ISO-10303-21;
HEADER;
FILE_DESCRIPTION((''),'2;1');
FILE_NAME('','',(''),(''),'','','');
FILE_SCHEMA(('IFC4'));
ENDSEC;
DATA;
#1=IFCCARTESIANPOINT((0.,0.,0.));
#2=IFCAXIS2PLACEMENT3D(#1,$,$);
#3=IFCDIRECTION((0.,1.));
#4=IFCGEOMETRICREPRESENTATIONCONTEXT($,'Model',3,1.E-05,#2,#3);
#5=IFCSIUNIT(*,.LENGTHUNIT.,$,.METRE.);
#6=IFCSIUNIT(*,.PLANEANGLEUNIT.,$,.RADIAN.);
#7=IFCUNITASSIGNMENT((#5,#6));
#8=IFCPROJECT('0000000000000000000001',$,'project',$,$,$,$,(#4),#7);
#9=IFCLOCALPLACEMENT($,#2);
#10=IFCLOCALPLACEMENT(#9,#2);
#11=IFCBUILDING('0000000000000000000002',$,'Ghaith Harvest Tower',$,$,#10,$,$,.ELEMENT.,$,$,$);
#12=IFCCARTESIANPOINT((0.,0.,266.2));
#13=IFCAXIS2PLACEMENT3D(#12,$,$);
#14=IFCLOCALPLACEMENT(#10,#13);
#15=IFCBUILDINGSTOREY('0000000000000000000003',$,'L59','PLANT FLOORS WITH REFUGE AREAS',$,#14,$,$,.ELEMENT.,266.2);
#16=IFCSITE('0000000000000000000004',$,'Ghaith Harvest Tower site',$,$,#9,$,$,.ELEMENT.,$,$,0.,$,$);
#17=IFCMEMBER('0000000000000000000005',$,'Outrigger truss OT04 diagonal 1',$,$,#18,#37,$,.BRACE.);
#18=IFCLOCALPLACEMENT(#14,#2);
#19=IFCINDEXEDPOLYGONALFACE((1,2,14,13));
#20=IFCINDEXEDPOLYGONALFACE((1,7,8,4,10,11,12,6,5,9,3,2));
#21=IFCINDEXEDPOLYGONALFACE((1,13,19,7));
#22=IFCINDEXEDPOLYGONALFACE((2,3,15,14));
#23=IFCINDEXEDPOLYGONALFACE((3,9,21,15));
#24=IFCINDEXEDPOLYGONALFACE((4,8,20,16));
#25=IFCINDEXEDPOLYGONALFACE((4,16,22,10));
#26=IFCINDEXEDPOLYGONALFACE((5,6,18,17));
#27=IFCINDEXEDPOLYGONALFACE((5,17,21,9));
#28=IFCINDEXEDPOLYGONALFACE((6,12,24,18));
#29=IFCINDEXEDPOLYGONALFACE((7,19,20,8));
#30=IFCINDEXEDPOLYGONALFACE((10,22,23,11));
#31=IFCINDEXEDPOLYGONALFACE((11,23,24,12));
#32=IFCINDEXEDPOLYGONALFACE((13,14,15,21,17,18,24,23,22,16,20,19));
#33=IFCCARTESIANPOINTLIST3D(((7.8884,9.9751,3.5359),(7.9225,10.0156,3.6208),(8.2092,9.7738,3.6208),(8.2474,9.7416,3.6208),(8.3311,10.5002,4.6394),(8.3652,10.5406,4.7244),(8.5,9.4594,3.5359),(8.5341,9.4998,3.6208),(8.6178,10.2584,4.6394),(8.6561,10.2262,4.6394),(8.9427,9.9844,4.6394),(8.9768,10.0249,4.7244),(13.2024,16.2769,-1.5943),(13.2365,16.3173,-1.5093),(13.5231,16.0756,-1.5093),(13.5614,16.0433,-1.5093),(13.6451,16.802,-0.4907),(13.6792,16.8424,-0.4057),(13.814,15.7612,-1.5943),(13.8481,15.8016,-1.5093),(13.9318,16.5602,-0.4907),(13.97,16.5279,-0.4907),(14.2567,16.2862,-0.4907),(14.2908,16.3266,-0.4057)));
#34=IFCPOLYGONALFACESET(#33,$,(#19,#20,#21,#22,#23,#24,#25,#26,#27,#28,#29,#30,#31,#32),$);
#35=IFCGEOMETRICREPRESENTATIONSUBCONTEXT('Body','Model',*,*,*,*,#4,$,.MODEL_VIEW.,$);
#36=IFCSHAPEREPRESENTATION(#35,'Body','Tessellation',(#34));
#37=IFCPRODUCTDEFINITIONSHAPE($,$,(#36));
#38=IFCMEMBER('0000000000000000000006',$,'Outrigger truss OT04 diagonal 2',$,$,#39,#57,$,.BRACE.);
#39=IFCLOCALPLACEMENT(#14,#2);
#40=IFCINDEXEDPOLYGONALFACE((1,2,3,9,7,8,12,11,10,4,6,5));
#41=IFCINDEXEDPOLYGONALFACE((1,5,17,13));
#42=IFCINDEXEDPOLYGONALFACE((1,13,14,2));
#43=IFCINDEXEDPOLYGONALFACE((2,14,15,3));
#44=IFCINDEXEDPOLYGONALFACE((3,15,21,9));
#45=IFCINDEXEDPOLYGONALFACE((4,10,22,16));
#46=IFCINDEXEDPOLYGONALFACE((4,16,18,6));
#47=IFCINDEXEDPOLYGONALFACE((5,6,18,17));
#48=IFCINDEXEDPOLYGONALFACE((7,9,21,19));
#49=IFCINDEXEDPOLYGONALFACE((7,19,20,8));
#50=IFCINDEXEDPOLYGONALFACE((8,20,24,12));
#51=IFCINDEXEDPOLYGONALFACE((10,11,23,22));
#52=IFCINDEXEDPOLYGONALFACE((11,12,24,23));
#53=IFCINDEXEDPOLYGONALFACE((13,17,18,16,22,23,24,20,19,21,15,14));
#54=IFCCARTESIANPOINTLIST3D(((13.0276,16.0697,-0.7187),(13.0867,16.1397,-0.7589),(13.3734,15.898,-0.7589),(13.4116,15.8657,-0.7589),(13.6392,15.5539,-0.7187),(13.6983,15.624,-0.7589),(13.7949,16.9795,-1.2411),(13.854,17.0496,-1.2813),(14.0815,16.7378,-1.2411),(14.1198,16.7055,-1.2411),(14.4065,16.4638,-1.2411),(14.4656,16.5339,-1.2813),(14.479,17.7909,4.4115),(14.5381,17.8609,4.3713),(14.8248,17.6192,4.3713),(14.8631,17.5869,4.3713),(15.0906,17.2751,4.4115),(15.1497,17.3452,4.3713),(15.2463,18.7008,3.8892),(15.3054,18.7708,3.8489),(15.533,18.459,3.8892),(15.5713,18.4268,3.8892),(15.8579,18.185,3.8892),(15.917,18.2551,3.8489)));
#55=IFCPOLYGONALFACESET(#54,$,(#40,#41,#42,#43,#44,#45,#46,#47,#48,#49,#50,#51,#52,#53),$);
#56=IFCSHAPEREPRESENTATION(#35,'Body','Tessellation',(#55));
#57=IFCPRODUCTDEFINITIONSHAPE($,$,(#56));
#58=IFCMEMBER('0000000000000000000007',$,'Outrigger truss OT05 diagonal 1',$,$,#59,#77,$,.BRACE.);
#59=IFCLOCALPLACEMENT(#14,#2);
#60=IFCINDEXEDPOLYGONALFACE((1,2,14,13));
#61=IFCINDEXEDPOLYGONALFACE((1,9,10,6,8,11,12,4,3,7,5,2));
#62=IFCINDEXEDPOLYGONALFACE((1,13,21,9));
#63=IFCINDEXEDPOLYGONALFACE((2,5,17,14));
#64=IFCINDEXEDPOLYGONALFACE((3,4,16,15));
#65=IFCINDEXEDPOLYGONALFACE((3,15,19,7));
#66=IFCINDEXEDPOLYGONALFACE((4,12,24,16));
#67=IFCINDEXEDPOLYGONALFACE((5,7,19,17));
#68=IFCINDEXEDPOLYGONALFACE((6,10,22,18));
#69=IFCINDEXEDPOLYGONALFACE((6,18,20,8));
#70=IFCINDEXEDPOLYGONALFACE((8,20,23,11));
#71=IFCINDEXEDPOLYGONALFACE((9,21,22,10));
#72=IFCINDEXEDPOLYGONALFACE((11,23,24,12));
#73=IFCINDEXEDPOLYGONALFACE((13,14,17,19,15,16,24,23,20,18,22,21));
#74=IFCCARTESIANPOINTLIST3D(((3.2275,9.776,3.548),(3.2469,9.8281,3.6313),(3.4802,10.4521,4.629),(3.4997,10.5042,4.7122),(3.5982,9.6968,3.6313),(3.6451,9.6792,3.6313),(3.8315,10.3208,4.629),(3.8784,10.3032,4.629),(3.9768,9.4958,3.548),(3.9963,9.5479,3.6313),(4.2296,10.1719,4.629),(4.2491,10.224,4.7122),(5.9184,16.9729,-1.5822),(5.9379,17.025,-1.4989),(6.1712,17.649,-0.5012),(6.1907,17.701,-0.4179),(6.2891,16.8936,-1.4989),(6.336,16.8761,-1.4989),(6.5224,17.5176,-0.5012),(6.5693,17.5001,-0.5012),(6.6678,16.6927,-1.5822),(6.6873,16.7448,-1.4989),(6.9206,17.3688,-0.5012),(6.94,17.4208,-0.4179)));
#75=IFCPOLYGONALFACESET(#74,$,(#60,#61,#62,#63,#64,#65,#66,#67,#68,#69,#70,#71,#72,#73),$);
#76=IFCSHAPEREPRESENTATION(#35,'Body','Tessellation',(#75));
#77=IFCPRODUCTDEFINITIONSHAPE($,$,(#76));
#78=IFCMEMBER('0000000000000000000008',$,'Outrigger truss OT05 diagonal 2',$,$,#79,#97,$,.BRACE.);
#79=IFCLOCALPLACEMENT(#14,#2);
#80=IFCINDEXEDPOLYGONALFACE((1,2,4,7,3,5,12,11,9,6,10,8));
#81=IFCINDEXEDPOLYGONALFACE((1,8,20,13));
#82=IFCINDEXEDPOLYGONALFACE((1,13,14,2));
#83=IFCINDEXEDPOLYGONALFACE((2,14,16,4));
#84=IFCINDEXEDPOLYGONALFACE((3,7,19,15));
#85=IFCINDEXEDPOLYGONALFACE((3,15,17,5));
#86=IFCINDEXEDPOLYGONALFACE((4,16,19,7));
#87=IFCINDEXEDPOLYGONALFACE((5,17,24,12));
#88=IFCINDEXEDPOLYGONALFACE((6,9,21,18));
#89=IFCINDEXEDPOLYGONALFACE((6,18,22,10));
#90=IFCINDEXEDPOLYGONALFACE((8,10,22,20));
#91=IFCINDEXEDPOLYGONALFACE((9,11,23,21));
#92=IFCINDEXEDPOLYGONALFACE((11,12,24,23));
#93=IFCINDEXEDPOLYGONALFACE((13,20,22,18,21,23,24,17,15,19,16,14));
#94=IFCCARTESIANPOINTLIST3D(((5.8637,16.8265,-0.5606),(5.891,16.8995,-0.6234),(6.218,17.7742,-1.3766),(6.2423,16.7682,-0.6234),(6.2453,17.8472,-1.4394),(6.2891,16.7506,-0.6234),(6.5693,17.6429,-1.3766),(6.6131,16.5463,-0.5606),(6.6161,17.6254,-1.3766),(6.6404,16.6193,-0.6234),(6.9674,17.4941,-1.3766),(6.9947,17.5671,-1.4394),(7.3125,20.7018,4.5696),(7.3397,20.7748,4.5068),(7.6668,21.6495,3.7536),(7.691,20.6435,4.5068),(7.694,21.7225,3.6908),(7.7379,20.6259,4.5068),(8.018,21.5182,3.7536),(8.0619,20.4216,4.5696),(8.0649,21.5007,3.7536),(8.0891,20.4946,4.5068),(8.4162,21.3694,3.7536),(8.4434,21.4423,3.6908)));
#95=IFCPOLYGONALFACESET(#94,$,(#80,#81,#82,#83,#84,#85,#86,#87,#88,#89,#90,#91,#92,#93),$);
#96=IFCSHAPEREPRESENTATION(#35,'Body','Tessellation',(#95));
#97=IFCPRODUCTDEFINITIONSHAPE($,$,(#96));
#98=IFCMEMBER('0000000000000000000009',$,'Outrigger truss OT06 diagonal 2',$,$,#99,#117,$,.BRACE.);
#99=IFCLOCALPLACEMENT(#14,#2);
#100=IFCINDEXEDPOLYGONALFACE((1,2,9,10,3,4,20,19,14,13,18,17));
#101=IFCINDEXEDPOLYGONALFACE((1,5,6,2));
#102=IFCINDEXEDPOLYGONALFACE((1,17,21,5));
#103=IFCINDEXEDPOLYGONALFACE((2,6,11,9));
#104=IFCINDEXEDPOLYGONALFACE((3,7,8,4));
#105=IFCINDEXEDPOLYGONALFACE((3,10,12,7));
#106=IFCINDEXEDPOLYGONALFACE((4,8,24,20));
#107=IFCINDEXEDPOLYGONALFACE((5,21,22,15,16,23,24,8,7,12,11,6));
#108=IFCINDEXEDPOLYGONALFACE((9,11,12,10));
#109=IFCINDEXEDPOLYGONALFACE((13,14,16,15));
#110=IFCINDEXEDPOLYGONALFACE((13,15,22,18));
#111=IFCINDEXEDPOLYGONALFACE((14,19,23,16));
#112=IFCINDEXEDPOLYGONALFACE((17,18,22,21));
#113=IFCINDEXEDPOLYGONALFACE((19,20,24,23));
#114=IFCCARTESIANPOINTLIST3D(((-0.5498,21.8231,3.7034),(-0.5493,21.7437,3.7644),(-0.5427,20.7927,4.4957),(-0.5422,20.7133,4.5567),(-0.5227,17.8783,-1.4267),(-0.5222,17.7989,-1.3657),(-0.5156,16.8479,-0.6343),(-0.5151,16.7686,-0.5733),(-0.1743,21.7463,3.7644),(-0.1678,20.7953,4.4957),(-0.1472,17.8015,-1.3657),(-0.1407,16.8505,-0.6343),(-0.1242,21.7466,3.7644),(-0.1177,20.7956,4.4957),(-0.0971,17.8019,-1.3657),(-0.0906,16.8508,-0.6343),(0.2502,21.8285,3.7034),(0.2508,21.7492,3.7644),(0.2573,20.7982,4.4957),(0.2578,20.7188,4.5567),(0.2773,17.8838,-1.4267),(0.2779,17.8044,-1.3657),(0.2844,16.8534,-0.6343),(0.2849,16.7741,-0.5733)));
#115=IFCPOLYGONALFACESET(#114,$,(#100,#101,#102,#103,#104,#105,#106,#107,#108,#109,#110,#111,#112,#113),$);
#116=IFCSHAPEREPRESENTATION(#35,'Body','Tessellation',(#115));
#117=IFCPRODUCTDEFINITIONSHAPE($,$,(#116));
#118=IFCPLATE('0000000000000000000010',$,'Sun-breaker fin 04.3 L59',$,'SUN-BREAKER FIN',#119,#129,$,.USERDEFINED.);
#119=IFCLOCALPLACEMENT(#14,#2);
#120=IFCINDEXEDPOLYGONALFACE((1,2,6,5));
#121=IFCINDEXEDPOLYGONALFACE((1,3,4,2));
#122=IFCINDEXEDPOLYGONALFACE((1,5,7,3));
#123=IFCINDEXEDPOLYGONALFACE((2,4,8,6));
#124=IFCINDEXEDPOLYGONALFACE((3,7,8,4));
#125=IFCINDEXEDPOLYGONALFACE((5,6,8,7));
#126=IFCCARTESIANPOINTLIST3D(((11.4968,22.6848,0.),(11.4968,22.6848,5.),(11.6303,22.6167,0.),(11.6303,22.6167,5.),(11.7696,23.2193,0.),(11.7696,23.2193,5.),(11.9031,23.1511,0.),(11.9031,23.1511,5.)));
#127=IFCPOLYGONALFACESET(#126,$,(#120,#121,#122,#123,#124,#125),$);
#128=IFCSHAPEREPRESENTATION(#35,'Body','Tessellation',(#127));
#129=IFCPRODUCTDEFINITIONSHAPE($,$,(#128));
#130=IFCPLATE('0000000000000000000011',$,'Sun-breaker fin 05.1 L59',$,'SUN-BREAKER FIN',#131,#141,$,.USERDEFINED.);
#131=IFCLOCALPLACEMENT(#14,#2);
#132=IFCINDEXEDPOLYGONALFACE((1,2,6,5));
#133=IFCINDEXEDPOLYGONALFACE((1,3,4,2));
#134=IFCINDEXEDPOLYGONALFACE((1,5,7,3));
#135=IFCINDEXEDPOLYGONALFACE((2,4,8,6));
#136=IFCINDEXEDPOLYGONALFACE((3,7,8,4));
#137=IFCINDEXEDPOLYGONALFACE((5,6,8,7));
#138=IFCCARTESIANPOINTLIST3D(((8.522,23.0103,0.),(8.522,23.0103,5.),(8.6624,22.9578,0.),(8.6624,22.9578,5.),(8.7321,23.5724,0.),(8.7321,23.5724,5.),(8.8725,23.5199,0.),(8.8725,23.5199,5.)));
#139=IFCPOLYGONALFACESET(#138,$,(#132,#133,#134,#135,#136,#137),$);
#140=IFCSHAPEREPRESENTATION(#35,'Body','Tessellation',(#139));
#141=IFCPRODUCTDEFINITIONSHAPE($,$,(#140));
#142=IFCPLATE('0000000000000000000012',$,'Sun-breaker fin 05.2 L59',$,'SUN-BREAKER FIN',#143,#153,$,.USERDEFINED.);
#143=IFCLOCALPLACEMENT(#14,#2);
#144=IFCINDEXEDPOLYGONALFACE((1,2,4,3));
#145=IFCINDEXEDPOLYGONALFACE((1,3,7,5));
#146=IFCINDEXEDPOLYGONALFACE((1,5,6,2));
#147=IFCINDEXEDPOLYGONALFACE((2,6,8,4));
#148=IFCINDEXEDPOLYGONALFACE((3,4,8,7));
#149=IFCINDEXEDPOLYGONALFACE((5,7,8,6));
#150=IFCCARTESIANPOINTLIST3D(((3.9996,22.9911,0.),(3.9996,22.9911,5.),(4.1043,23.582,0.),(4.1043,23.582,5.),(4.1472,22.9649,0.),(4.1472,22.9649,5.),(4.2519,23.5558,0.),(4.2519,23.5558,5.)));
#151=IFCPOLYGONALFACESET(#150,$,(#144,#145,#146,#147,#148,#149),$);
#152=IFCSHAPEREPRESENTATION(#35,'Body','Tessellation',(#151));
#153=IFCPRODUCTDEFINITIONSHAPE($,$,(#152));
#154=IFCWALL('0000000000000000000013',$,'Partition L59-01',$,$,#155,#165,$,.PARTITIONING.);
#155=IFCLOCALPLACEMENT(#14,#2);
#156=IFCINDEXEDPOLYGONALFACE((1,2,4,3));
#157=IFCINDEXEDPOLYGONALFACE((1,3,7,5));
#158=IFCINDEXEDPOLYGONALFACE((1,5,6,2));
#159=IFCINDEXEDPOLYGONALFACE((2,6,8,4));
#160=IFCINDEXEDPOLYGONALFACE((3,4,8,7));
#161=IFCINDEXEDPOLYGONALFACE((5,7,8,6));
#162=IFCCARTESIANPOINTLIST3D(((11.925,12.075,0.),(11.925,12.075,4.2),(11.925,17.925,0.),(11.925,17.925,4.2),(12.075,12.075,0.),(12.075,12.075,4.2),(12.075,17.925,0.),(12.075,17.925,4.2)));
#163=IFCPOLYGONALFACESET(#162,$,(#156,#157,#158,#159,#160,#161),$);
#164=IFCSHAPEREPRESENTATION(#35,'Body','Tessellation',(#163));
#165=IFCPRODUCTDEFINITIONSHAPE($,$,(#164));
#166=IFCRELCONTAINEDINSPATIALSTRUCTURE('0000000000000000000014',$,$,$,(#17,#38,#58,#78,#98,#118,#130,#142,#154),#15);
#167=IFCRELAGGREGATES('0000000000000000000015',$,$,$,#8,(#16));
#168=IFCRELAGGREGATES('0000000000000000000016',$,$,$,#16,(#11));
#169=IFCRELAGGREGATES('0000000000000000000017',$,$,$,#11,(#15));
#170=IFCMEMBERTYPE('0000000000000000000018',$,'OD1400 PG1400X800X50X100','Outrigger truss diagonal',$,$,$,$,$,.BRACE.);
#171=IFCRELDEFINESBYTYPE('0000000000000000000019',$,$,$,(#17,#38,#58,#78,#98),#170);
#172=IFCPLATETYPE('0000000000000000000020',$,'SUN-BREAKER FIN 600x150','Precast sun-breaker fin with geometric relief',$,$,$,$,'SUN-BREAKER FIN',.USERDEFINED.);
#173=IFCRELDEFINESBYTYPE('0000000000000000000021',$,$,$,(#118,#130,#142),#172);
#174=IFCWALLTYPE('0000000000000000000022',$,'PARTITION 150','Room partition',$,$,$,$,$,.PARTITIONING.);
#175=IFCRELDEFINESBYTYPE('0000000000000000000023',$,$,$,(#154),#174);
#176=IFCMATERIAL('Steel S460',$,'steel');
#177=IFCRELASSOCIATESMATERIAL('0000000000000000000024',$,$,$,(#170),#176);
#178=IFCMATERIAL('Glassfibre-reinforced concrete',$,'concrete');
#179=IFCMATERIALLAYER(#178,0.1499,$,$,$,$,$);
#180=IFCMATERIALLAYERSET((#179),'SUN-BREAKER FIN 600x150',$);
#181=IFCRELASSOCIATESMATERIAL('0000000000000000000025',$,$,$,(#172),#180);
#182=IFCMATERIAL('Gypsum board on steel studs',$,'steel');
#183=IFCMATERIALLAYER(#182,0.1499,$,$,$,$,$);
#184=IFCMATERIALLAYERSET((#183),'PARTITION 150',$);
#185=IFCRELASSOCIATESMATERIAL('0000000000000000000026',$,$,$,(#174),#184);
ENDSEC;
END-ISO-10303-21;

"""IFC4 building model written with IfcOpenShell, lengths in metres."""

from ifc_helpers import new_model, si_unit, direction, frame, frame_2d, origin, origin_2d, place, context, subcontext, project, spatial, rectangle, i_section, extrude, material, layer, layer_set, material_profile, profile_set, type_object, element, save


model = new_model("IFC4")

# Units and contexts
model_context = context("Model", 3, precision=1e-05, world=origin(), true_north=direction((0.0, 1.0)))
body_context = subcontext(model_context, "Body", "Model", "MODEL_VIEW")
ifc_project = project(units=[si_unit("LENGTHUNIT", "METRE"), si_unit("PLANEANGLEUNIT", "RADIAN")], contexts=[model_context])

# Site, building, storey
site_placement = place(None, origin())
site = spatial("IfcSite", under=ifc_project, at=site_placement, Name="Ghaith Harvest Tower site", CompositionType="ELEMENT", RefElevation=0.0)
building_placement = place(site_placement, origin())
building = spatial("IfcBuilding", under=site, at=building_placement, Name="Ghaith Harvest Tower", CompositionType="ELEMENT")
storey_placement = place(building_placement, frame((0.0, 0.0, 266.2)))
storey = spatial("IfcBuildingStorey", under=building, at=storey_placement, Name="L59", Description="PLANT FLOORS WITH REFUGE AREAS", CompositionType="ELEMENT", Elevation=266.2)

# Members
ifc_material_1 = material(Name="Steel S460", Category="steel")
ifc_material_profile_1 = material_profile(ifc_material_1, i_section(OverallWidth=0.8, OverallDepth=1.3999, WebThickness=0.05, FlangeThickness=0.1001, at=origin_2d()), Name="PG1400X800X50X100")
ifc_profile_set_1 = profile_set([ifc_material_profile_1], Name="Steel S460")
member_type_1 = type_object("IfcMemberType", Name="OD1400 PG1400X800X50X100", Description="Outrigger truss diagonal", PredefinedType="BRACE", material=ifc_profile_set_1)
member_1_placement = place(storey_placement, frame((8.4326, 10.0, 4.1301), z_axis=(0.547312, 0.64905, -0.528378), x_axis=(-0.764479, 0.644648, 0.0)))
element("IfcMember", 1, at=member_1_placement, inside=storey, type_object=member_type_1, Name="Outrigger truss OT04 diagonal 1", PredefinedType="BRACE", context=body_context, shape_type="SweptSolid", body=[
    extrude(i_section(OverallWidth=0.8, OverallDepth=1.3999, WebThickness=0.05, FlangeThickness=0.1001, at=origin_2d()), origin(), (0.0, 0.0, 1.0), 9.7092),
])
member_2_placement = place(storey_placement, frame((13.7466, 16.3018, -1.0), z_axis=(0.259069, 0.307222, 0.915695), x_axis=(-0.764475, 0.644653, 0.0)))
element("IfcMember", 2, at=member_2_placement, inside=storey, type_object=member_type_1, Name="Outrigger truss OT04 diagonal 2", PredefinedType="BRACE", context=body_context, shape_type="SweptSolid", body=[
    extrude(i_section(OverallWidth=0.8, OverallDepth=1.3999, WebThickness=0.05, FlangeThickness=0.1001, at=origin_2d()), origin(), (0.0, 0.0, 1.0), 5.6025),
])
member_3_placement = place(storey_placement, frame((3.7383, 10.0, 4.1301), z_axis=(0.291267, 0.778985, -0.555289), x_axis=(-0.936666, 0.350225, 0.0)))
element("IfcMember", 3, at=member_3_placement, inside=storey, type_object=member_type_1, Name="Outrigger truss OT05 diagonal 1", PredefinedType="BRACE", context=body_context, shape_type="SweptSolid", body=[
    extrude(i_section(OverallWidth=0.8, OverallDepth=1.3999, WebThickness=0.05, FlangeThickness=0.1001, at=origin_2d()), origin(), (0.0, 0.0, 1.0), 9.2388),
])
member_4_placement = place(storey_placement, frame((6.4292, 17.1968, -1.0), z_axis=(0.219821, 0.588006, 0.778414), x_axis=(-0.936685, 0.350173, 0.0)))
element("IfcMember", 4, at=member_4_placement, inside=storey, type_object=member_type_1, Name="Outrigger truss OT05 diagonal 2", PredefinedType="BRACE", context=body_context, shape_type="SweptSolid", body=[
    extrude(i_section(OverallWidth=0.8, OverallDepth=1.3999, WebThickness=0.05, FlangeThickness=0.1001, at=origin_2d()), origin(), (0.0, 0.0, 1.0), 6.5906),
])
member_5_placement = place(storey_placement, frame((-0.1189, 17.3262, -1.0), z_axis=(-0.004188, 0.609567, 0.792724), x_axis=(-0.999976, -0.006869, 0.0)))
element("IfcMember", 5, at=member_5_placement, inside=storey, type_object=member_type_1, Name="Outrigger truss OT06 diagonal 2", PredefinedType="BRACE", context=body_context, shape_type="SweptSolid", body=[
    extrude(i_section(OverallWidth=0.8, OverallDepth=1.3999, WebThickness=0.05, FlangeThickness=0.1001, at=origin_2d()), origin(), (0.0, 0.0, 1.0), 6.4714),
])

# Plates
ifc_material_2 = material(Name="Glassfibre-reinforced concrete", Category="concrete")
ifc_layer_1 = layer(ifc_material_2, 0.1499)
ifc_layer_set_1 = layer_set([ifc_layer_1], Name="SUN-BREAKER FIN 600x150")
plate_type = type_object("IfcPlateType", Name="SUN-BREAKER FIN 600x150", Description="Precast sun-breaker fin with geometric relief", ElementType="SUN-BREAKER FIN", PredefinedType="USERDEFINED", material=ifc_layer_set_1)
for number, where, z_axis, x_axis, name in (
    (6, (11.7, 22.918, 0.0), (0.0, 0.0, 1.0), (0.454691, 0.890649, 0.0), "Sun-breaker fin 04.3 L59"),
    (7, (8.6973, 23.2651, 0.0), (0.0, 0.0, 1.0), (0.350168, 0.936687, 0.0), "Sun-breaker fin 05.1 L59"),
    (8, (4.1257, 23.2734, 0.0), (0.0, 0.0, 1.0), (0.174554, 0.984648, 0.0), "Sun-breaker fin 05.2 L59"),
):
    element("IfcPlate", number, at=place(storey_placement, frame(where, z_axis=z_axis, x_axis=x_axis)), inside=storey, type_object=plate_type, Name=name, ObjectType="SUN-BREAKER FIN", PredefinedType="USERDEFINED", context=body_context, shape_type="SweptSolid", body=[
        extrude(rectangle(XDim=0.6001, YDim=0.1499, at=origin_2d()), origin(), (0.0, 0.0, 1.0), 5.0),
    ])

# Wall
ifc_material_3 = material(Name="Gypsum board on steel studs", Category="steel")
ifc_layer_2 = layer(ifc_material_3, 0.1499)
ifc_layer_set_2 = layer_set([ifc_layer_2], Name="PARTITION 150")
wall_type_1 = type_object("IfcWallType", Name="PARTITION 150", Description="Room partition", PredefinedType="PARTITIONING", material=ifc_layer_set_2)
wall_1_placement = place(storey_placement, frame((12.0, 12.075, 0.0), z_axis=(0.0, 0.0, 1.0), x_axis=(0.0, 1.0, 0.0)))
element("IfcWall", 9, at=wall_1_placement, inside=storey, type_object=wall_type_1, Name="Partition L59-01", PredefinedType="PARTITIONING", context=body_context, shape_type="SweptSolid", body=[
    extrude(rectangle(XDim=5.8501, YDim=0.1499, at=frame_2d((2.925, 0.0))), origin(), (0.0, 0.0, 1.0), 4.2),
])

save(model, "model.ifc")
